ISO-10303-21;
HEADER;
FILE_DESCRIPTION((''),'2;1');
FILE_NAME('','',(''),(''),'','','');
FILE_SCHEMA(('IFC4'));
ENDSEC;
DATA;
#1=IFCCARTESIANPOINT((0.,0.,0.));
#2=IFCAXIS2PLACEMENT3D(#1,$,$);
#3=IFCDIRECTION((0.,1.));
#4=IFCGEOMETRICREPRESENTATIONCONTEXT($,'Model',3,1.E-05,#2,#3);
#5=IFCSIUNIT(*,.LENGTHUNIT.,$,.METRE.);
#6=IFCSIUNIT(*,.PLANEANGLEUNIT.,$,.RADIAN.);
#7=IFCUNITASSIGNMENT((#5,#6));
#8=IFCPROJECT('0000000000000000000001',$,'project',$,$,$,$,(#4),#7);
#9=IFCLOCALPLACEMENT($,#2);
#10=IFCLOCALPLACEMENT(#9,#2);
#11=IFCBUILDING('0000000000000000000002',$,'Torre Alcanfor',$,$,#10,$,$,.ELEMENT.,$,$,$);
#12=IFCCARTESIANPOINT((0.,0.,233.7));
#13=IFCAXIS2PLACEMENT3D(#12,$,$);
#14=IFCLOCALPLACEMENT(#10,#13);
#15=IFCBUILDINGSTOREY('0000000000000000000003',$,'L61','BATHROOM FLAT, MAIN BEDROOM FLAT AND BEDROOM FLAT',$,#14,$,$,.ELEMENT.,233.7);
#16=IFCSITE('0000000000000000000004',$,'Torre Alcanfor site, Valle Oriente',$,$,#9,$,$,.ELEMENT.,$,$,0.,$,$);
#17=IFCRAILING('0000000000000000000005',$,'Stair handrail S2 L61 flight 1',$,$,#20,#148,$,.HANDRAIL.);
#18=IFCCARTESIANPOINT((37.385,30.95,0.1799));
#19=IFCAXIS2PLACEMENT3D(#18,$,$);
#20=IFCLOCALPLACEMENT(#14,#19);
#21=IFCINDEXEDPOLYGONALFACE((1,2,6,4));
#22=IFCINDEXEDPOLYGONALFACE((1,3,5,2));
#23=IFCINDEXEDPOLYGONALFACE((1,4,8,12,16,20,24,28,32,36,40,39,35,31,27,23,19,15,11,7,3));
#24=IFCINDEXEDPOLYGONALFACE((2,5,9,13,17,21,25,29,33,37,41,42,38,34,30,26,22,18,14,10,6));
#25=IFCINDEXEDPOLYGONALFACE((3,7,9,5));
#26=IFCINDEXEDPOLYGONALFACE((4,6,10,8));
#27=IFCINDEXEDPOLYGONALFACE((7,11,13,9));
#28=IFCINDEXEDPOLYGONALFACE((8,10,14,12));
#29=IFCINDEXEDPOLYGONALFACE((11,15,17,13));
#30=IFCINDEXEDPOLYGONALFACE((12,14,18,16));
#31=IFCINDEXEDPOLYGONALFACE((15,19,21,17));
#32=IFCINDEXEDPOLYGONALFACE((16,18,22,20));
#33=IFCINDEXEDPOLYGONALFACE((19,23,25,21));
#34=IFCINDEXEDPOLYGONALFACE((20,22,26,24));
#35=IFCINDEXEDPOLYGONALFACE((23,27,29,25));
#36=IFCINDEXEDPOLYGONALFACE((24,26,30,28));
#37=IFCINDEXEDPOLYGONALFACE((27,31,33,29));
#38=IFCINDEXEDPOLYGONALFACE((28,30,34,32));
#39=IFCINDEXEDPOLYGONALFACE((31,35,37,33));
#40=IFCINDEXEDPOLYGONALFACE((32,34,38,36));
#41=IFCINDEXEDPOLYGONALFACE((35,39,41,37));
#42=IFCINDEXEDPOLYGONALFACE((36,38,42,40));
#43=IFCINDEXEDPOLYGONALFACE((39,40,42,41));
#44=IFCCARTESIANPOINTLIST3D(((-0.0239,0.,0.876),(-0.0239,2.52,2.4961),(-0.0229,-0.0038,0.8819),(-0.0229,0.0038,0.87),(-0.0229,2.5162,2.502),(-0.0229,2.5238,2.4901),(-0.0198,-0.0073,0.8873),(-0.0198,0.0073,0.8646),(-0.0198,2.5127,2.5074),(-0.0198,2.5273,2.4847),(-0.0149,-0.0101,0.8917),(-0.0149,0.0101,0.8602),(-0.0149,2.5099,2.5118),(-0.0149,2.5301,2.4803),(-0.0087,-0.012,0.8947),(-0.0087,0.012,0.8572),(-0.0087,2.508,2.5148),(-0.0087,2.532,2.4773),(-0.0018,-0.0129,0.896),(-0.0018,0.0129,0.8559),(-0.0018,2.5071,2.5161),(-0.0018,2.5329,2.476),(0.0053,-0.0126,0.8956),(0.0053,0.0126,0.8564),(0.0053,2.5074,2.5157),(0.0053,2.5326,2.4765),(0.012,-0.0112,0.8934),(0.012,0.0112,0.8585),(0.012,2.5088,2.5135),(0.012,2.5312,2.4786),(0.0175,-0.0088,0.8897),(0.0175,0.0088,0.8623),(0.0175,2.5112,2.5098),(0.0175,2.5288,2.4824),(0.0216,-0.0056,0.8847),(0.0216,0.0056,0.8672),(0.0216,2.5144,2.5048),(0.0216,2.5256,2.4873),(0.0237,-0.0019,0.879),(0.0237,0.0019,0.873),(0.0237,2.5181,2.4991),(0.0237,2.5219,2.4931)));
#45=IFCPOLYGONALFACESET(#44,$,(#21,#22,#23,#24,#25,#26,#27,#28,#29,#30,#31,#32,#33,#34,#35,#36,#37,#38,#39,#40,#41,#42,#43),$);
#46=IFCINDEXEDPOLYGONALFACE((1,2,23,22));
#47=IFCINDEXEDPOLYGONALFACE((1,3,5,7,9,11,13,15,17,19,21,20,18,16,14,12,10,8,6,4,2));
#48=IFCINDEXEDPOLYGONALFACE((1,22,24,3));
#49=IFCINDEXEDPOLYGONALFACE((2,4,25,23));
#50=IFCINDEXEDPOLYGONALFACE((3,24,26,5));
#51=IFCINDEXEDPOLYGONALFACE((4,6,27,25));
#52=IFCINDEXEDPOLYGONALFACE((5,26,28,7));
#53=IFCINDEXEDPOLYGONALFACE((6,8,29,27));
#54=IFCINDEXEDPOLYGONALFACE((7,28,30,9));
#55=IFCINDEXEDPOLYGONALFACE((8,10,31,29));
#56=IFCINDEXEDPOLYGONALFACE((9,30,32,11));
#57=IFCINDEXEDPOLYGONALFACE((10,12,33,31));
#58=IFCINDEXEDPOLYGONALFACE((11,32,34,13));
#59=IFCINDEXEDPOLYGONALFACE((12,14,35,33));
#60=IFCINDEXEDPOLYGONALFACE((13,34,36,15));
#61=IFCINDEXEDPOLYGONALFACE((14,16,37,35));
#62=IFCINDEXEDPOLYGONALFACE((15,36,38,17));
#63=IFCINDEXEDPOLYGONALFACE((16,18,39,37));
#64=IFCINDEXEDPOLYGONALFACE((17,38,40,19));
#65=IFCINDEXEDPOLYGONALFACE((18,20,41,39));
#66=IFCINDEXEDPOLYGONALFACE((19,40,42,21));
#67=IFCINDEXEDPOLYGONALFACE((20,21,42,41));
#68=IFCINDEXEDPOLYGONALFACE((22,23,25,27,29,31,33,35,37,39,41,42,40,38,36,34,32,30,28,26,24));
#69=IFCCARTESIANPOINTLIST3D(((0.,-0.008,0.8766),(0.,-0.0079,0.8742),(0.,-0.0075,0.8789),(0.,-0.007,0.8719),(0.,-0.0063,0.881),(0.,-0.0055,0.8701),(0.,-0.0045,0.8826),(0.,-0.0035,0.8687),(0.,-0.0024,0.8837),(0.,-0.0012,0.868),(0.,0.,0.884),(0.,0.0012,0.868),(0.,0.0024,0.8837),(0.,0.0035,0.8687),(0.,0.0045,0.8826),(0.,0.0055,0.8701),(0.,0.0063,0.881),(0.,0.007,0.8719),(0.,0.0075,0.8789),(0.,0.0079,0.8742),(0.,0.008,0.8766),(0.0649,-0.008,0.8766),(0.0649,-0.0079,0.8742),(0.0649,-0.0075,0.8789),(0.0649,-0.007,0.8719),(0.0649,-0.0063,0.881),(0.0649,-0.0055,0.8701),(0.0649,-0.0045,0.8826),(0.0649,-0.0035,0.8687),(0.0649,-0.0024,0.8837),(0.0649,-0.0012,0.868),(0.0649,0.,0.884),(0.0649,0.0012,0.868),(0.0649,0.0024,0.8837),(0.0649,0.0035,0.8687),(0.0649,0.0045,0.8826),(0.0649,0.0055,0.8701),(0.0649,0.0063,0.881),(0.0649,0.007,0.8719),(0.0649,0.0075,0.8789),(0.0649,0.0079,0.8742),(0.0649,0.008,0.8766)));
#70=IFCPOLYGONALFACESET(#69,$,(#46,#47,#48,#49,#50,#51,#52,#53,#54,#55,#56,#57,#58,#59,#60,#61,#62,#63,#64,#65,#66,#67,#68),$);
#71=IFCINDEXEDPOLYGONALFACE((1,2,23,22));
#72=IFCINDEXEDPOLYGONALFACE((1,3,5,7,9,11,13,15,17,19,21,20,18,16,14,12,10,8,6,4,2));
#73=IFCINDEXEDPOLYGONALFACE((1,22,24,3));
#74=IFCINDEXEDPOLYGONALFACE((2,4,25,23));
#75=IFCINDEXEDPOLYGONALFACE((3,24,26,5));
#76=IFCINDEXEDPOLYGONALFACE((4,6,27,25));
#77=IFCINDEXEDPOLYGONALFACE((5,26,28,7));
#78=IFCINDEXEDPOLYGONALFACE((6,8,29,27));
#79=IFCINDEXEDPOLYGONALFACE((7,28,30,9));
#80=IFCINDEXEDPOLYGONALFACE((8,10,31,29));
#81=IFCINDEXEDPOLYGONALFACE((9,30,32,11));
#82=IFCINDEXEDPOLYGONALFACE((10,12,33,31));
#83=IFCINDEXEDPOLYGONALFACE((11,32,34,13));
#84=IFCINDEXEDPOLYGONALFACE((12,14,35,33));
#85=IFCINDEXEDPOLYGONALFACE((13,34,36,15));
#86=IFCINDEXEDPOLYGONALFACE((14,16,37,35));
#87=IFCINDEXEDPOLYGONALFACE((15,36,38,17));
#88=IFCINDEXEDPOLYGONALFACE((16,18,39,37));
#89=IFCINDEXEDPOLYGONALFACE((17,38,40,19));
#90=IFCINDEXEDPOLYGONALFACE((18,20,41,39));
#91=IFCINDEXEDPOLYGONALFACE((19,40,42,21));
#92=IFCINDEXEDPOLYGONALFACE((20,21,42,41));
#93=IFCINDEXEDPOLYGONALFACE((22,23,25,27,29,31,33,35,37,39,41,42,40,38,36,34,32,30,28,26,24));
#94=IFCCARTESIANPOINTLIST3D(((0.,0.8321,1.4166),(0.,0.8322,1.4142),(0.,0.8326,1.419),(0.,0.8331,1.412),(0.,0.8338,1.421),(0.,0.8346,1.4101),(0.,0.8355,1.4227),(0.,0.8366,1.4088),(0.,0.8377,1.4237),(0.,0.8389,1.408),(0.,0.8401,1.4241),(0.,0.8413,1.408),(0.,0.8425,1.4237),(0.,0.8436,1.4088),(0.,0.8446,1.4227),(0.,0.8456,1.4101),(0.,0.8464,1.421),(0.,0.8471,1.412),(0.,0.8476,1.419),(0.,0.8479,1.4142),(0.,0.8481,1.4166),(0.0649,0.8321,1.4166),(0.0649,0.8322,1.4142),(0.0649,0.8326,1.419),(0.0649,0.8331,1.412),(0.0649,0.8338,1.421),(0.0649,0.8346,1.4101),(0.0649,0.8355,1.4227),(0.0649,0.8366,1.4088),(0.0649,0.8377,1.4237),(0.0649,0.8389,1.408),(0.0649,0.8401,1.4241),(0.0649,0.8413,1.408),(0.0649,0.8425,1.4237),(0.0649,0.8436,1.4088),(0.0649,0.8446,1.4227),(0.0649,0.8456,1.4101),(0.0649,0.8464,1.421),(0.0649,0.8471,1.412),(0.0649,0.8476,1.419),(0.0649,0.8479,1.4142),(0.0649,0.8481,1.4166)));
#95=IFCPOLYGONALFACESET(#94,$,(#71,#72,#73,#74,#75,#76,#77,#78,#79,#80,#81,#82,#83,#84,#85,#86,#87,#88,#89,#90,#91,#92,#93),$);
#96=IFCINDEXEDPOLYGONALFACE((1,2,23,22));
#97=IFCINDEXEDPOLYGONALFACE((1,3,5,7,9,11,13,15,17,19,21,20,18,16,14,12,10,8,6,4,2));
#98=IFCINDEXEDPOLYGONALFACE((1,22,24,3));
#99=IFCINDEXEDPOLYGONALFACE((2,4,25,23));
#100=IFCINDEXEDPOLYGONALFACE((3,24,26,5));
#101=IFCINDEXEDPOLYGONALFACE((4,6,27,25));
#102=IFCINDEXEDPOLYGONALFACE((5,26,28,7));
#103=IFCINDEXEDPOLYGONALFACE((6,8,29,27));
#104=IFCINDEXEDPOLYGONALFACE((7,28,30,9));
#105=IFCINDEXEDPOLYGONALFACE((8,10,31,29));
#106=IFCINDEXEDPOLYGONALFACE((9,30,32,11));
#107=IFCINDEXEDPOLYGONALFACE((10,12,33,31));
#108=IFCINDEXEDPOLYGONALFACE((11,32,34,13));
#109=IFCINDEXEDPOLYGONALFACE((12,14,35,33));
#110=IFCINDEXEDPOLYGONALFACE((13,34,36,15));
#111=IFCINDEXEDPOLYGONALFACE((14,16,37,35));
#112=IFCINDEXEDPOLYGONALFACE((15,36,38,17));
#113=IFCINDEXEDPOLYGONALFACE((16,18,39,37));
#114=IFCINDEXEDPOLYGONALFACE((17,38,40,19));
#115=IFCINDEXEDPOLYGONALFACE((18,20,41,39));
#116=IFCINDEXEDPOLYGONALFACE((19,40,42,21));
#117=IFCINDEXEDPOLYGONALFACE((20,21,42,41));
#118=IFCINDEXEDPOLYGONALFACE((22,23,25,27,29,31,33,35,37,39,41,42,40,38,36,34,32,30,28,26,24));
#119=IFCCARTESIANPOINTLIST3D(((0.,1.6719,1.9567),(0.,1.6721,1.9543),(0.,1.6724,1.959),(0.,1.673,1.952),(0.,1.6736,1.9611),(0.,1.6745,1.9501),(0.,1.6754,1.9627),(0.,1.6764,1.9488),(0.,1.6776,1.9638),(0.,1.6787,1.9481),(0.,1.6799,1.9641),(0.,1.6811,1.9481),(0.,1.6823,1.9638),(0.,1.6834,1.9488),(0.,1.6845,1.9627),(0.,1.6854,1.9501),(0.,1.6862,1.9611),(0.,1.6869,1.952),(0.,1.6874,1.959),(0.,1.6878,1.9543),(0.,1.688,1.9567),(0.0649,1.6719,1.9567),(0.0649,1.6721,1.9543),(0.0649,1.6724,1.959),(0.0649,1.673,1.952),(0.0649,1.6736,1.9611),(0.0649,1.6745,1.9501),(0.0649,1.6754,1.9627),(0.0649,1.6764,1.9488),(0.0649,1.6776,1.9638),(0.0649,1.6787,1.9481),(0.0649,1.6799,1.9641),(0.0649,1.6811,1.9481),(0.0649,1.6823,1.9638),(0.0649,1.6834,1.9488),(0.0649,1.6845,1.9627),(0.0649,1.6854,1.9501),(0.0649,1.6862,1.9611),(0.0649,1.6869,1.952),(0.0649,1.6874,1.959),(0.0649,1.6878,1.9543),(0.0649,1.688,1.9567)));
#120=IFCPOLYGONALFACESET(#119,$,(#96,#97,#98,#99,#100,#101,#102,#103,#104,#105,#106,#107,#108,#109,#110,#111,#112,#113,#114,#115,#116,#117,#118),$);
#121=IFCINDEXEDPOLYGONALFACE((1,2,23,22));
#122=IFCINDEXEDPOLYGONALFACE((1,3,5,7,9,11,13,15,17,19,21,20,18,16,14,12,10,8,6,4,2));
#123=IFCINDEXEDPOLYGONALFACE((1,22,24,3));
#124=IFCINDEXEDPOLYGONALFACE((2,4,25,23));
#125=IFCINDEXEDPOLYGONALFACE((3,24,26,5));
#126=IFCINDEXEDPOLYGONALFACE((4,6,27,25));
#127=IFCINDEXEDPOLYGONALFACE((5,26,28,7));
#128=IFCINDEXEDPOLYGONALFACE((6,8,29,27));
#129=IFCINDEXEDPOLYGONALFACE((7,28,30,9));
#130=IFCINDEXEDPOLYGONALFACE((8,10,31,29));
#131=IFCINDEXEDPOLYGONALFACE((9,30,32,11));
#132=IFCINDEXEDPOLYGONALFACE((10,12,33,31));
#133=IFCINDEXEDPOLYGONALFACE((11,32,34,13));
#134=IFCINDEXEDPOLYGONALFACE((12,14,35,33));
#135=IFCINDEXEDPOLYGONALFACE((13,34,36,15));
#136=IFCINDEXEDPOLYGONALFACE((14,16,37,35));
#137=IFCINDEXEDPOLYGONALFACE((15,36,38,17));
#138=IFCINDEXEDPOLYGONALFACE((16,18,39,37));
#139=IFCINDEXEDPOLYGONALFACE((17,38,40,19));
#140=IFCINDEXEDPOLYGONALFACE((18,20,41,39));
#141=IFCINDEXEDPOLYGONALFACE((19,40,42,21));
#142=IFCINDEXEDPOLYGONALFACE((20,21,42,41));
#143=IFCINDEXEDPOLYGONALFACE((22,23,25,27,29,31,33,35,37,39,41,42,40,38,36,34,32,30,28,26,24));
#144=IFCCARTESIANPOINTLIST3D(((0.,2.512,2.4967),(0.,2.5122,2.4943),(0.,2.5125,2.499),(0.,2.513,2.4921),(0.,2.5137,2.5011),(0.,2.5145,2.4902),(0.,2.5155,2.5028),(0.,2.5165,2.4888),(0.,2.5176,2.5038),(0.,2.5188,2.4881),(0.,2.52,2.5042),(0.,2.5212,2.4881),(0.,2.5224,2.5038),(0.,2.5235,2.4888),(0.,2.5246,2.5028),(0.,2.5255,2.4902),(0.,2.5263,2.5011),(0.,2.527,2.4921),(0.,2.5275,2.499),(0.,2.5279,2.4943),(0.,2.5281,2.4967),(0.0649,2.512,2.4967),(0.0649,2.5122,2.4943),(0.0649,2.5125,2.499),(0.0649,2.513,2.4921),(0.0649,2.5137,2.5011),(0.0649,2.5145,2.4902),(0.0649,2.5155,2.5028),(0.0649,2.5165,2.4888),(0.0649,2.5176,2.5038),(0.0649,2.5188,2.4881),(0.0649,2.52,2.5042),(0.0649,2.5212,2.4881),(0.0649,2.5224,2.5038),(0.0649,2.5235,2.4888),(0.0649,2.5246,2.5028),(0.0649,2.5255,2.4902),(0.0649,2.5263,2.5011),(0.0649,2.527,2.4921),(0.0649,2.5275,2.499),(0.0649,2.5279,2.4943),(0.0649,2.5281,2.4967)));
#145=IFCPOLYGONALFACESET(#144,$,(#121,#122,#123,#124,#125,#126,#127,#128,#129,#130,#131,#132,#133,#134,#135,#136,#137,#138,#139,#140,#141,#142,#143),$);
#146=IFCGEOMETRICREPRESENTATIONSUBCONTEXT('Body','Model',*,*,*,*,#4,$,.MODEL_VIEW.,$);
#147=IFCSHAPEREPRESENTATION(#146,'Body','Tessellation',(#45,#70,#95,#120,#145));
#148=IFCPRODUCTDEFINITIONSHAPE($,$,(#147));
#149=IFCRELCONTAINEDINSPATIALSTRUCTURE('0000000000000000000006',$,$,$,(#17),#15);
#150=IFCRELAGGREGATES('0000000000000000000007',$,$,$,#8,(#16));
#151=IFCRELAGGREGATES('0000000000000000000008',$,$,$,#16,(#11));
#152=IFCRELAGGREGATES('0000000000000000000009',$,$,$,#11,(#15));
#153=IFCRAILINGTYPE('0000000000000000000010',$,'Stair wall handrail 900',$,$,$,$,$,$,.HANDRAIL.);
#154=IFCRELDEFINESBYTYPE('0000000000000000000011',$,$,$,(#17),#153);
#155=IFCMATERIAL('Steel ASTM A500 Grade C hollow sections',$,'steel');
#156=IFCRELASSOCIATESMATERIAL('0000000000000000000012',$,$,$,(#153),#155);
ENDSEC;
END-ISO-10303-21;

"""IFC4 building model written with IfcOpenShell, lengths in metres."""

from ifc_helpers import new_model, si_unit, direction, frame, origin, origin_2d, place, context, subcontext, project, spatial, circle, extrude, material, type_object, element, save


model = new_model("IFC4")

# Units and contexts
model_context = context("Model", 3, precision=1e-05, world=origin(), true_north=direction((0.0, 1.0)))
body_context = subcontext(model_context, "Body", "Model", "MODEL_VIEW")
ifc_project = project(units=[si_unit("LENGTHUNIT", "METRE"), si_unit("PLANEANGLEUNIT", "RADIAN")], contexts=[model_context])

# Site, building, storey
site_placement = place(None, origin())
site = spatial("IfcSite", under=ifc_project, at=site_placement, Name="Torre Alcanfor site, Valle Oriente", CompositionType="ELEMENT", RefElevation=0.0)
building_placement = place(site_placement, origin())
building = spatial("IfcBuilding", under=site, at=building_placement, Name="Torre Alcanfor", CompositionType="ELEMENT")
storey_placement = place(building_placement, frame((0.0, 0.0, 233.7)))
storey = spatial("IfcBuildingStorey", under=building, at=storey_placement, Name="L61", Description="BATHROOM FLAT, MAIN BEDROOM FLAT AND BEDROOM FLAT", CompositionType="ELEMENT", Elevation=233.7)

# Railing
ifc_material_1 = material(Name="Steel ASTM A500 Grade C hollow sections", Category="steel")
railing_type_1 = type_object("IfcRailingType", Name="Stair wall handrail 900", PredefinedType="HANDRAIL", material=ifc_material_1)
railing_1_placement = place(storey_placement, frame((37.385, 30.95, 0.1799)))
element("IfcRailing", 1, at=railing_1_placement, inside=storey, type_object=railing_type_1, Name="Stair handrail S2 L61 flight 1", PredefinedType="HANDRAIL", context=body_context, shape_type="SweptSolid", body=[
    extrude(circle(Radius=0.0239, at=origin_2d()), frame((0.0, 0.0, 0.876), z_axis=(0.0, 0.841163, 0.540782), x_axis=(-1.0, 0.0, 0.0)), (0.0, 0.0, 1.0), 2.9958),
    extrude(circle(Radius=0.0081, at=origin_2d()), frame((0.0, 0.0, 0.876), z_axis=(1.0, 0.0, 0.0), x_axis=(0.0, 0.0, 1.0)), (0.0, 0.0, 1.0), 0.0649),
    extrude(circle(Radius=0.0081, at=origin_2d()), frame((0.0, 0.8401, 1.416), z_axis=(1.0, 0.0, 0.0), x_axis=(0.0, 0.0, 1.0)), (0.0, 0.0, 1.0), 0.0649),
    extrude(circle(Radius=0.0081, at=origin_2d()), frame((0.0, 1.6799, 1.9561), z_axis=(1.0, 0.0, 0.0), x_axis=(0.0, 0.0, 1.0)), (0.0, 0.0, 1.0), 0.0649),
    extrude(circle(Radius=0.0081, at=origin_2d()), frame((0.0, 2.52, 2.4961), z_axis=(1.0, 0.0, 0.0), x_axis=(0.0, 0.0, 1.0)), (0.0, 0.0, 1.0), 0.0649),
])

save(model, "model.ifc")
